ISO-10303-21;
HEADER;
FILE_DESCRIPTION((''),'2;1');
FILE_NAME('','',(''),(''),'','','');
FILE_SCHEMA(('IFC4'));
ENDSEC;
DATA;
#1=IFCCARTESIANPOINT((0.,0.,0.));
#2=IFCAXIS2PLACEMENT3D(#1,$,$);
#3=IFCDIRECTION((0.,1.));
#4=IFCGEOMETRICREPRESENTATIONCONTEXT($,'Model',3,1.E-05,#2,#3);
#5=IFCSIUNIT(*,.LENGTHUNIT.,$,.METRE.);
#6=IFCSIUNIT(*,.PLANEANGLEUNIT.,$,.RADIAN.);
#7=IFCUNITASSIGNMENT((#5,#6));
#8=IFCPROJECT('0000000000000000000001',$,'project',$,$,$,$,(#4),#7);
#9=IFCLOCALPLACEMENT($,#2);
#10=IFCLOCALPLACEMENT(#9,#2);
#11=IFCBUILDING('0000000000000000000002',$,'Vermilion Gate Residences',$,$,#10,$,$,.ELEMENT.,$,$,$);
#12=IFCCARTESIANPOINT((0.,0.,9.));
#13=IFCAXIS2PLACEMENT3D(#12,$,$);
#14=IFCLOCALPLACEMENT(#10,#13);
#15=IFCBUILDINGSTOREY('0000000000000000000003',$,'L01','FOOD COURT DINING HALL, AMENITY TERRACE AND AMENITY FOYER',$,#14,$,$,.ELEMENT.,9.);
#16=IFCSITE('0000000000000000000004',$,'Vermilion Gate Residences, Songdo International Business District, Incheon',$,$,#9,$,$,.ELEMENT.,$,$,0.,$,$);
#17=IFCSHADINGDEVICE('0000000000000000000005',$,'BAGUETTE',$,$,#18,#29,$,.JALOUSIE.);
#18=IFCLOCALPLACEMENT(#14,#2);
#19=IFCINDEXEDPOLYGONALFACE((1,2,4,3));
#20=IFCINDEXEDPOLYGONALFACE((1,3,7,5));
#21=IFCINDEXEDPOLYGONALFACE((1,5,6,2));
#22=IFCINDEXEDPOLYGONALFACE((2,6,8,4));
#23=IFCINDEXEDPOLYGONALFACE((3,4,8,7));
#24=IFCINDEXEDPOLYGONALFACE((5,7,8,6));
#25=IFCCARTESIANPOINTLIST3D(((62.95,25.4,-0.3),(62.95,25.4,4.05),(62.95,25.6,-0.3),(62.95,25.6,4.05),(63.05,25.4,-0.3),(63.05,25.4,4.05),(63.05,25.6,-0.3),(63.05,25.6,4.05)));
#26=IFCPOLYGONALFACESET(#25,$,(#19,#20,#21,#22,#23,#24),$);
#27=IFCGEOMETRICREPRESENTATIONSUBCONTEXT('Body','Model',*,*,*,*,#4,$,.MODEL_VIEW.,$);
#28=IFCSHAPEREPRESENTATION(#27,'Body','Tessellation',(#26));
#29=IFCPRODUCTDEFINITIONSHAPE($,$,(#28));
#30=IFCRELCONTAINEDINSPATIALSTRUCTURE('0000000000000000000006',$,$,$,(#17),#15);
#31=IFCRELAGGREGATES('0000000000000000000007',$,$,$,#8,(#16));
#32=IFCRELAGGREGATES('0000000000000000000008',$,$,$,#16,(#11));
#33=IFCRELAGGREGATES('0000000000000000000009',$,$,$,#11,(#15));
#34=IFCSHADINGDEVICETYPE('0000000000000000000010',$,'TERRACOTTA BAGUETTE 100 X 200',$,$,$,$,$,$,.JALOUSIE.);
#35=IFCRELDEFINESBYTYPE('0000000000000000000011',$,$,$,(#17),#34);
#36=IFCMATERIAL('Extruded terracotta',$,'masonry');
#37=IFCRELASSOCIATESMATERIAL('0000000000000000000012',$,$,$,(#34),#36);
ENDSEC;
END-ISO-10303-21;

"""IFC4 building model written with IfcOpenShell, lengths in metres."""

from ifc_helpers import new_model, si_unit, direction, frame, origin, origin_2d, place, context, subcontext, project, spatial, rectangle, extrude, material, material_profile, profile_set, type_object, element, save


model = new_model("IFC4")

# Units and contexts
model_context = context("Model", 3, precision=1e-05, world=origin(), true_north=direction((0.0, 1.0)))
body_context = subcontext(model_context, "Body", "Model", "MODEL_VIEW")
ifc_project = project(units=[si_unit("LENGTHUNIT", "METRE"), si_unit("PLANEANGLEUNIT", "RADIAN")], contexts=[model_context])

# Site, building, storey
site_placement = place(None, origin())
site = spatial("IfcSite", under=ifc_project, at=site_placement, Name="Vermilion Gate Residences, Songdo International Business District, Incheon", CompositionType="ELEMENT", RefElevation=0.0)
building_placement = place(site_placement, origin())
building = spatial("IfcBuilding", under=site, at=building_placement, Name="Vermilion Gate Residences", CompositionType="ELEMENT")
storey_placement = place(building_placement, frame((0.0, 0.0, 9.0)))
storey = spatial("IfcBuildingStorey", under=building, at=storey_placement, Name="L01", Description="FOOD COURT DINING HALL, AMENITY TERRACE AND AMENITY FOYER", CompositionType="ELEMENT", Elevation=9.0)

# Shading device
ifc_material_1 = material(Name="Extruded terracotta", Category="masonry")
ifc_material_profile_1 = material_profile(ifc_material_1, rectangle(XDim=0.2, YDim=0.1001, at=origin_2d()), Name="BAGUETTE 100 X 200")
ifc_profile_set_1 = profile_set([ifc_material_profile_1], Name="Extruded terracotta")
shading_device_type = type_object("IfcShadingDeviceType", Name="TERRACOTTA BAGUETTE 100 X 200", PredefinedType="JALOUSIE", material=ifc_profile_set_1)
shading_device_placement = place(storey_placement, frame((63.0, 25.5, -0.3), z_axis=(0.0, 0.0, 1.0), x_axis=(0.0, -1.0, 0.0)))
element("IfcShadingDevice", 1, at=shading_device_placement, inside=storey, type_object=shading_device_type, Name="BAGUETTE", PredefinedType="JALOUSIE", context=body_context, shape_type="SweptSolid", body=[
    extrude(rectangle(XDim=0.2, YDim=0.1001, at=origin_2d()), origin(), (0.0, 0.0, 1.0), 4.3501),
])

save(model, "model.ifc")
